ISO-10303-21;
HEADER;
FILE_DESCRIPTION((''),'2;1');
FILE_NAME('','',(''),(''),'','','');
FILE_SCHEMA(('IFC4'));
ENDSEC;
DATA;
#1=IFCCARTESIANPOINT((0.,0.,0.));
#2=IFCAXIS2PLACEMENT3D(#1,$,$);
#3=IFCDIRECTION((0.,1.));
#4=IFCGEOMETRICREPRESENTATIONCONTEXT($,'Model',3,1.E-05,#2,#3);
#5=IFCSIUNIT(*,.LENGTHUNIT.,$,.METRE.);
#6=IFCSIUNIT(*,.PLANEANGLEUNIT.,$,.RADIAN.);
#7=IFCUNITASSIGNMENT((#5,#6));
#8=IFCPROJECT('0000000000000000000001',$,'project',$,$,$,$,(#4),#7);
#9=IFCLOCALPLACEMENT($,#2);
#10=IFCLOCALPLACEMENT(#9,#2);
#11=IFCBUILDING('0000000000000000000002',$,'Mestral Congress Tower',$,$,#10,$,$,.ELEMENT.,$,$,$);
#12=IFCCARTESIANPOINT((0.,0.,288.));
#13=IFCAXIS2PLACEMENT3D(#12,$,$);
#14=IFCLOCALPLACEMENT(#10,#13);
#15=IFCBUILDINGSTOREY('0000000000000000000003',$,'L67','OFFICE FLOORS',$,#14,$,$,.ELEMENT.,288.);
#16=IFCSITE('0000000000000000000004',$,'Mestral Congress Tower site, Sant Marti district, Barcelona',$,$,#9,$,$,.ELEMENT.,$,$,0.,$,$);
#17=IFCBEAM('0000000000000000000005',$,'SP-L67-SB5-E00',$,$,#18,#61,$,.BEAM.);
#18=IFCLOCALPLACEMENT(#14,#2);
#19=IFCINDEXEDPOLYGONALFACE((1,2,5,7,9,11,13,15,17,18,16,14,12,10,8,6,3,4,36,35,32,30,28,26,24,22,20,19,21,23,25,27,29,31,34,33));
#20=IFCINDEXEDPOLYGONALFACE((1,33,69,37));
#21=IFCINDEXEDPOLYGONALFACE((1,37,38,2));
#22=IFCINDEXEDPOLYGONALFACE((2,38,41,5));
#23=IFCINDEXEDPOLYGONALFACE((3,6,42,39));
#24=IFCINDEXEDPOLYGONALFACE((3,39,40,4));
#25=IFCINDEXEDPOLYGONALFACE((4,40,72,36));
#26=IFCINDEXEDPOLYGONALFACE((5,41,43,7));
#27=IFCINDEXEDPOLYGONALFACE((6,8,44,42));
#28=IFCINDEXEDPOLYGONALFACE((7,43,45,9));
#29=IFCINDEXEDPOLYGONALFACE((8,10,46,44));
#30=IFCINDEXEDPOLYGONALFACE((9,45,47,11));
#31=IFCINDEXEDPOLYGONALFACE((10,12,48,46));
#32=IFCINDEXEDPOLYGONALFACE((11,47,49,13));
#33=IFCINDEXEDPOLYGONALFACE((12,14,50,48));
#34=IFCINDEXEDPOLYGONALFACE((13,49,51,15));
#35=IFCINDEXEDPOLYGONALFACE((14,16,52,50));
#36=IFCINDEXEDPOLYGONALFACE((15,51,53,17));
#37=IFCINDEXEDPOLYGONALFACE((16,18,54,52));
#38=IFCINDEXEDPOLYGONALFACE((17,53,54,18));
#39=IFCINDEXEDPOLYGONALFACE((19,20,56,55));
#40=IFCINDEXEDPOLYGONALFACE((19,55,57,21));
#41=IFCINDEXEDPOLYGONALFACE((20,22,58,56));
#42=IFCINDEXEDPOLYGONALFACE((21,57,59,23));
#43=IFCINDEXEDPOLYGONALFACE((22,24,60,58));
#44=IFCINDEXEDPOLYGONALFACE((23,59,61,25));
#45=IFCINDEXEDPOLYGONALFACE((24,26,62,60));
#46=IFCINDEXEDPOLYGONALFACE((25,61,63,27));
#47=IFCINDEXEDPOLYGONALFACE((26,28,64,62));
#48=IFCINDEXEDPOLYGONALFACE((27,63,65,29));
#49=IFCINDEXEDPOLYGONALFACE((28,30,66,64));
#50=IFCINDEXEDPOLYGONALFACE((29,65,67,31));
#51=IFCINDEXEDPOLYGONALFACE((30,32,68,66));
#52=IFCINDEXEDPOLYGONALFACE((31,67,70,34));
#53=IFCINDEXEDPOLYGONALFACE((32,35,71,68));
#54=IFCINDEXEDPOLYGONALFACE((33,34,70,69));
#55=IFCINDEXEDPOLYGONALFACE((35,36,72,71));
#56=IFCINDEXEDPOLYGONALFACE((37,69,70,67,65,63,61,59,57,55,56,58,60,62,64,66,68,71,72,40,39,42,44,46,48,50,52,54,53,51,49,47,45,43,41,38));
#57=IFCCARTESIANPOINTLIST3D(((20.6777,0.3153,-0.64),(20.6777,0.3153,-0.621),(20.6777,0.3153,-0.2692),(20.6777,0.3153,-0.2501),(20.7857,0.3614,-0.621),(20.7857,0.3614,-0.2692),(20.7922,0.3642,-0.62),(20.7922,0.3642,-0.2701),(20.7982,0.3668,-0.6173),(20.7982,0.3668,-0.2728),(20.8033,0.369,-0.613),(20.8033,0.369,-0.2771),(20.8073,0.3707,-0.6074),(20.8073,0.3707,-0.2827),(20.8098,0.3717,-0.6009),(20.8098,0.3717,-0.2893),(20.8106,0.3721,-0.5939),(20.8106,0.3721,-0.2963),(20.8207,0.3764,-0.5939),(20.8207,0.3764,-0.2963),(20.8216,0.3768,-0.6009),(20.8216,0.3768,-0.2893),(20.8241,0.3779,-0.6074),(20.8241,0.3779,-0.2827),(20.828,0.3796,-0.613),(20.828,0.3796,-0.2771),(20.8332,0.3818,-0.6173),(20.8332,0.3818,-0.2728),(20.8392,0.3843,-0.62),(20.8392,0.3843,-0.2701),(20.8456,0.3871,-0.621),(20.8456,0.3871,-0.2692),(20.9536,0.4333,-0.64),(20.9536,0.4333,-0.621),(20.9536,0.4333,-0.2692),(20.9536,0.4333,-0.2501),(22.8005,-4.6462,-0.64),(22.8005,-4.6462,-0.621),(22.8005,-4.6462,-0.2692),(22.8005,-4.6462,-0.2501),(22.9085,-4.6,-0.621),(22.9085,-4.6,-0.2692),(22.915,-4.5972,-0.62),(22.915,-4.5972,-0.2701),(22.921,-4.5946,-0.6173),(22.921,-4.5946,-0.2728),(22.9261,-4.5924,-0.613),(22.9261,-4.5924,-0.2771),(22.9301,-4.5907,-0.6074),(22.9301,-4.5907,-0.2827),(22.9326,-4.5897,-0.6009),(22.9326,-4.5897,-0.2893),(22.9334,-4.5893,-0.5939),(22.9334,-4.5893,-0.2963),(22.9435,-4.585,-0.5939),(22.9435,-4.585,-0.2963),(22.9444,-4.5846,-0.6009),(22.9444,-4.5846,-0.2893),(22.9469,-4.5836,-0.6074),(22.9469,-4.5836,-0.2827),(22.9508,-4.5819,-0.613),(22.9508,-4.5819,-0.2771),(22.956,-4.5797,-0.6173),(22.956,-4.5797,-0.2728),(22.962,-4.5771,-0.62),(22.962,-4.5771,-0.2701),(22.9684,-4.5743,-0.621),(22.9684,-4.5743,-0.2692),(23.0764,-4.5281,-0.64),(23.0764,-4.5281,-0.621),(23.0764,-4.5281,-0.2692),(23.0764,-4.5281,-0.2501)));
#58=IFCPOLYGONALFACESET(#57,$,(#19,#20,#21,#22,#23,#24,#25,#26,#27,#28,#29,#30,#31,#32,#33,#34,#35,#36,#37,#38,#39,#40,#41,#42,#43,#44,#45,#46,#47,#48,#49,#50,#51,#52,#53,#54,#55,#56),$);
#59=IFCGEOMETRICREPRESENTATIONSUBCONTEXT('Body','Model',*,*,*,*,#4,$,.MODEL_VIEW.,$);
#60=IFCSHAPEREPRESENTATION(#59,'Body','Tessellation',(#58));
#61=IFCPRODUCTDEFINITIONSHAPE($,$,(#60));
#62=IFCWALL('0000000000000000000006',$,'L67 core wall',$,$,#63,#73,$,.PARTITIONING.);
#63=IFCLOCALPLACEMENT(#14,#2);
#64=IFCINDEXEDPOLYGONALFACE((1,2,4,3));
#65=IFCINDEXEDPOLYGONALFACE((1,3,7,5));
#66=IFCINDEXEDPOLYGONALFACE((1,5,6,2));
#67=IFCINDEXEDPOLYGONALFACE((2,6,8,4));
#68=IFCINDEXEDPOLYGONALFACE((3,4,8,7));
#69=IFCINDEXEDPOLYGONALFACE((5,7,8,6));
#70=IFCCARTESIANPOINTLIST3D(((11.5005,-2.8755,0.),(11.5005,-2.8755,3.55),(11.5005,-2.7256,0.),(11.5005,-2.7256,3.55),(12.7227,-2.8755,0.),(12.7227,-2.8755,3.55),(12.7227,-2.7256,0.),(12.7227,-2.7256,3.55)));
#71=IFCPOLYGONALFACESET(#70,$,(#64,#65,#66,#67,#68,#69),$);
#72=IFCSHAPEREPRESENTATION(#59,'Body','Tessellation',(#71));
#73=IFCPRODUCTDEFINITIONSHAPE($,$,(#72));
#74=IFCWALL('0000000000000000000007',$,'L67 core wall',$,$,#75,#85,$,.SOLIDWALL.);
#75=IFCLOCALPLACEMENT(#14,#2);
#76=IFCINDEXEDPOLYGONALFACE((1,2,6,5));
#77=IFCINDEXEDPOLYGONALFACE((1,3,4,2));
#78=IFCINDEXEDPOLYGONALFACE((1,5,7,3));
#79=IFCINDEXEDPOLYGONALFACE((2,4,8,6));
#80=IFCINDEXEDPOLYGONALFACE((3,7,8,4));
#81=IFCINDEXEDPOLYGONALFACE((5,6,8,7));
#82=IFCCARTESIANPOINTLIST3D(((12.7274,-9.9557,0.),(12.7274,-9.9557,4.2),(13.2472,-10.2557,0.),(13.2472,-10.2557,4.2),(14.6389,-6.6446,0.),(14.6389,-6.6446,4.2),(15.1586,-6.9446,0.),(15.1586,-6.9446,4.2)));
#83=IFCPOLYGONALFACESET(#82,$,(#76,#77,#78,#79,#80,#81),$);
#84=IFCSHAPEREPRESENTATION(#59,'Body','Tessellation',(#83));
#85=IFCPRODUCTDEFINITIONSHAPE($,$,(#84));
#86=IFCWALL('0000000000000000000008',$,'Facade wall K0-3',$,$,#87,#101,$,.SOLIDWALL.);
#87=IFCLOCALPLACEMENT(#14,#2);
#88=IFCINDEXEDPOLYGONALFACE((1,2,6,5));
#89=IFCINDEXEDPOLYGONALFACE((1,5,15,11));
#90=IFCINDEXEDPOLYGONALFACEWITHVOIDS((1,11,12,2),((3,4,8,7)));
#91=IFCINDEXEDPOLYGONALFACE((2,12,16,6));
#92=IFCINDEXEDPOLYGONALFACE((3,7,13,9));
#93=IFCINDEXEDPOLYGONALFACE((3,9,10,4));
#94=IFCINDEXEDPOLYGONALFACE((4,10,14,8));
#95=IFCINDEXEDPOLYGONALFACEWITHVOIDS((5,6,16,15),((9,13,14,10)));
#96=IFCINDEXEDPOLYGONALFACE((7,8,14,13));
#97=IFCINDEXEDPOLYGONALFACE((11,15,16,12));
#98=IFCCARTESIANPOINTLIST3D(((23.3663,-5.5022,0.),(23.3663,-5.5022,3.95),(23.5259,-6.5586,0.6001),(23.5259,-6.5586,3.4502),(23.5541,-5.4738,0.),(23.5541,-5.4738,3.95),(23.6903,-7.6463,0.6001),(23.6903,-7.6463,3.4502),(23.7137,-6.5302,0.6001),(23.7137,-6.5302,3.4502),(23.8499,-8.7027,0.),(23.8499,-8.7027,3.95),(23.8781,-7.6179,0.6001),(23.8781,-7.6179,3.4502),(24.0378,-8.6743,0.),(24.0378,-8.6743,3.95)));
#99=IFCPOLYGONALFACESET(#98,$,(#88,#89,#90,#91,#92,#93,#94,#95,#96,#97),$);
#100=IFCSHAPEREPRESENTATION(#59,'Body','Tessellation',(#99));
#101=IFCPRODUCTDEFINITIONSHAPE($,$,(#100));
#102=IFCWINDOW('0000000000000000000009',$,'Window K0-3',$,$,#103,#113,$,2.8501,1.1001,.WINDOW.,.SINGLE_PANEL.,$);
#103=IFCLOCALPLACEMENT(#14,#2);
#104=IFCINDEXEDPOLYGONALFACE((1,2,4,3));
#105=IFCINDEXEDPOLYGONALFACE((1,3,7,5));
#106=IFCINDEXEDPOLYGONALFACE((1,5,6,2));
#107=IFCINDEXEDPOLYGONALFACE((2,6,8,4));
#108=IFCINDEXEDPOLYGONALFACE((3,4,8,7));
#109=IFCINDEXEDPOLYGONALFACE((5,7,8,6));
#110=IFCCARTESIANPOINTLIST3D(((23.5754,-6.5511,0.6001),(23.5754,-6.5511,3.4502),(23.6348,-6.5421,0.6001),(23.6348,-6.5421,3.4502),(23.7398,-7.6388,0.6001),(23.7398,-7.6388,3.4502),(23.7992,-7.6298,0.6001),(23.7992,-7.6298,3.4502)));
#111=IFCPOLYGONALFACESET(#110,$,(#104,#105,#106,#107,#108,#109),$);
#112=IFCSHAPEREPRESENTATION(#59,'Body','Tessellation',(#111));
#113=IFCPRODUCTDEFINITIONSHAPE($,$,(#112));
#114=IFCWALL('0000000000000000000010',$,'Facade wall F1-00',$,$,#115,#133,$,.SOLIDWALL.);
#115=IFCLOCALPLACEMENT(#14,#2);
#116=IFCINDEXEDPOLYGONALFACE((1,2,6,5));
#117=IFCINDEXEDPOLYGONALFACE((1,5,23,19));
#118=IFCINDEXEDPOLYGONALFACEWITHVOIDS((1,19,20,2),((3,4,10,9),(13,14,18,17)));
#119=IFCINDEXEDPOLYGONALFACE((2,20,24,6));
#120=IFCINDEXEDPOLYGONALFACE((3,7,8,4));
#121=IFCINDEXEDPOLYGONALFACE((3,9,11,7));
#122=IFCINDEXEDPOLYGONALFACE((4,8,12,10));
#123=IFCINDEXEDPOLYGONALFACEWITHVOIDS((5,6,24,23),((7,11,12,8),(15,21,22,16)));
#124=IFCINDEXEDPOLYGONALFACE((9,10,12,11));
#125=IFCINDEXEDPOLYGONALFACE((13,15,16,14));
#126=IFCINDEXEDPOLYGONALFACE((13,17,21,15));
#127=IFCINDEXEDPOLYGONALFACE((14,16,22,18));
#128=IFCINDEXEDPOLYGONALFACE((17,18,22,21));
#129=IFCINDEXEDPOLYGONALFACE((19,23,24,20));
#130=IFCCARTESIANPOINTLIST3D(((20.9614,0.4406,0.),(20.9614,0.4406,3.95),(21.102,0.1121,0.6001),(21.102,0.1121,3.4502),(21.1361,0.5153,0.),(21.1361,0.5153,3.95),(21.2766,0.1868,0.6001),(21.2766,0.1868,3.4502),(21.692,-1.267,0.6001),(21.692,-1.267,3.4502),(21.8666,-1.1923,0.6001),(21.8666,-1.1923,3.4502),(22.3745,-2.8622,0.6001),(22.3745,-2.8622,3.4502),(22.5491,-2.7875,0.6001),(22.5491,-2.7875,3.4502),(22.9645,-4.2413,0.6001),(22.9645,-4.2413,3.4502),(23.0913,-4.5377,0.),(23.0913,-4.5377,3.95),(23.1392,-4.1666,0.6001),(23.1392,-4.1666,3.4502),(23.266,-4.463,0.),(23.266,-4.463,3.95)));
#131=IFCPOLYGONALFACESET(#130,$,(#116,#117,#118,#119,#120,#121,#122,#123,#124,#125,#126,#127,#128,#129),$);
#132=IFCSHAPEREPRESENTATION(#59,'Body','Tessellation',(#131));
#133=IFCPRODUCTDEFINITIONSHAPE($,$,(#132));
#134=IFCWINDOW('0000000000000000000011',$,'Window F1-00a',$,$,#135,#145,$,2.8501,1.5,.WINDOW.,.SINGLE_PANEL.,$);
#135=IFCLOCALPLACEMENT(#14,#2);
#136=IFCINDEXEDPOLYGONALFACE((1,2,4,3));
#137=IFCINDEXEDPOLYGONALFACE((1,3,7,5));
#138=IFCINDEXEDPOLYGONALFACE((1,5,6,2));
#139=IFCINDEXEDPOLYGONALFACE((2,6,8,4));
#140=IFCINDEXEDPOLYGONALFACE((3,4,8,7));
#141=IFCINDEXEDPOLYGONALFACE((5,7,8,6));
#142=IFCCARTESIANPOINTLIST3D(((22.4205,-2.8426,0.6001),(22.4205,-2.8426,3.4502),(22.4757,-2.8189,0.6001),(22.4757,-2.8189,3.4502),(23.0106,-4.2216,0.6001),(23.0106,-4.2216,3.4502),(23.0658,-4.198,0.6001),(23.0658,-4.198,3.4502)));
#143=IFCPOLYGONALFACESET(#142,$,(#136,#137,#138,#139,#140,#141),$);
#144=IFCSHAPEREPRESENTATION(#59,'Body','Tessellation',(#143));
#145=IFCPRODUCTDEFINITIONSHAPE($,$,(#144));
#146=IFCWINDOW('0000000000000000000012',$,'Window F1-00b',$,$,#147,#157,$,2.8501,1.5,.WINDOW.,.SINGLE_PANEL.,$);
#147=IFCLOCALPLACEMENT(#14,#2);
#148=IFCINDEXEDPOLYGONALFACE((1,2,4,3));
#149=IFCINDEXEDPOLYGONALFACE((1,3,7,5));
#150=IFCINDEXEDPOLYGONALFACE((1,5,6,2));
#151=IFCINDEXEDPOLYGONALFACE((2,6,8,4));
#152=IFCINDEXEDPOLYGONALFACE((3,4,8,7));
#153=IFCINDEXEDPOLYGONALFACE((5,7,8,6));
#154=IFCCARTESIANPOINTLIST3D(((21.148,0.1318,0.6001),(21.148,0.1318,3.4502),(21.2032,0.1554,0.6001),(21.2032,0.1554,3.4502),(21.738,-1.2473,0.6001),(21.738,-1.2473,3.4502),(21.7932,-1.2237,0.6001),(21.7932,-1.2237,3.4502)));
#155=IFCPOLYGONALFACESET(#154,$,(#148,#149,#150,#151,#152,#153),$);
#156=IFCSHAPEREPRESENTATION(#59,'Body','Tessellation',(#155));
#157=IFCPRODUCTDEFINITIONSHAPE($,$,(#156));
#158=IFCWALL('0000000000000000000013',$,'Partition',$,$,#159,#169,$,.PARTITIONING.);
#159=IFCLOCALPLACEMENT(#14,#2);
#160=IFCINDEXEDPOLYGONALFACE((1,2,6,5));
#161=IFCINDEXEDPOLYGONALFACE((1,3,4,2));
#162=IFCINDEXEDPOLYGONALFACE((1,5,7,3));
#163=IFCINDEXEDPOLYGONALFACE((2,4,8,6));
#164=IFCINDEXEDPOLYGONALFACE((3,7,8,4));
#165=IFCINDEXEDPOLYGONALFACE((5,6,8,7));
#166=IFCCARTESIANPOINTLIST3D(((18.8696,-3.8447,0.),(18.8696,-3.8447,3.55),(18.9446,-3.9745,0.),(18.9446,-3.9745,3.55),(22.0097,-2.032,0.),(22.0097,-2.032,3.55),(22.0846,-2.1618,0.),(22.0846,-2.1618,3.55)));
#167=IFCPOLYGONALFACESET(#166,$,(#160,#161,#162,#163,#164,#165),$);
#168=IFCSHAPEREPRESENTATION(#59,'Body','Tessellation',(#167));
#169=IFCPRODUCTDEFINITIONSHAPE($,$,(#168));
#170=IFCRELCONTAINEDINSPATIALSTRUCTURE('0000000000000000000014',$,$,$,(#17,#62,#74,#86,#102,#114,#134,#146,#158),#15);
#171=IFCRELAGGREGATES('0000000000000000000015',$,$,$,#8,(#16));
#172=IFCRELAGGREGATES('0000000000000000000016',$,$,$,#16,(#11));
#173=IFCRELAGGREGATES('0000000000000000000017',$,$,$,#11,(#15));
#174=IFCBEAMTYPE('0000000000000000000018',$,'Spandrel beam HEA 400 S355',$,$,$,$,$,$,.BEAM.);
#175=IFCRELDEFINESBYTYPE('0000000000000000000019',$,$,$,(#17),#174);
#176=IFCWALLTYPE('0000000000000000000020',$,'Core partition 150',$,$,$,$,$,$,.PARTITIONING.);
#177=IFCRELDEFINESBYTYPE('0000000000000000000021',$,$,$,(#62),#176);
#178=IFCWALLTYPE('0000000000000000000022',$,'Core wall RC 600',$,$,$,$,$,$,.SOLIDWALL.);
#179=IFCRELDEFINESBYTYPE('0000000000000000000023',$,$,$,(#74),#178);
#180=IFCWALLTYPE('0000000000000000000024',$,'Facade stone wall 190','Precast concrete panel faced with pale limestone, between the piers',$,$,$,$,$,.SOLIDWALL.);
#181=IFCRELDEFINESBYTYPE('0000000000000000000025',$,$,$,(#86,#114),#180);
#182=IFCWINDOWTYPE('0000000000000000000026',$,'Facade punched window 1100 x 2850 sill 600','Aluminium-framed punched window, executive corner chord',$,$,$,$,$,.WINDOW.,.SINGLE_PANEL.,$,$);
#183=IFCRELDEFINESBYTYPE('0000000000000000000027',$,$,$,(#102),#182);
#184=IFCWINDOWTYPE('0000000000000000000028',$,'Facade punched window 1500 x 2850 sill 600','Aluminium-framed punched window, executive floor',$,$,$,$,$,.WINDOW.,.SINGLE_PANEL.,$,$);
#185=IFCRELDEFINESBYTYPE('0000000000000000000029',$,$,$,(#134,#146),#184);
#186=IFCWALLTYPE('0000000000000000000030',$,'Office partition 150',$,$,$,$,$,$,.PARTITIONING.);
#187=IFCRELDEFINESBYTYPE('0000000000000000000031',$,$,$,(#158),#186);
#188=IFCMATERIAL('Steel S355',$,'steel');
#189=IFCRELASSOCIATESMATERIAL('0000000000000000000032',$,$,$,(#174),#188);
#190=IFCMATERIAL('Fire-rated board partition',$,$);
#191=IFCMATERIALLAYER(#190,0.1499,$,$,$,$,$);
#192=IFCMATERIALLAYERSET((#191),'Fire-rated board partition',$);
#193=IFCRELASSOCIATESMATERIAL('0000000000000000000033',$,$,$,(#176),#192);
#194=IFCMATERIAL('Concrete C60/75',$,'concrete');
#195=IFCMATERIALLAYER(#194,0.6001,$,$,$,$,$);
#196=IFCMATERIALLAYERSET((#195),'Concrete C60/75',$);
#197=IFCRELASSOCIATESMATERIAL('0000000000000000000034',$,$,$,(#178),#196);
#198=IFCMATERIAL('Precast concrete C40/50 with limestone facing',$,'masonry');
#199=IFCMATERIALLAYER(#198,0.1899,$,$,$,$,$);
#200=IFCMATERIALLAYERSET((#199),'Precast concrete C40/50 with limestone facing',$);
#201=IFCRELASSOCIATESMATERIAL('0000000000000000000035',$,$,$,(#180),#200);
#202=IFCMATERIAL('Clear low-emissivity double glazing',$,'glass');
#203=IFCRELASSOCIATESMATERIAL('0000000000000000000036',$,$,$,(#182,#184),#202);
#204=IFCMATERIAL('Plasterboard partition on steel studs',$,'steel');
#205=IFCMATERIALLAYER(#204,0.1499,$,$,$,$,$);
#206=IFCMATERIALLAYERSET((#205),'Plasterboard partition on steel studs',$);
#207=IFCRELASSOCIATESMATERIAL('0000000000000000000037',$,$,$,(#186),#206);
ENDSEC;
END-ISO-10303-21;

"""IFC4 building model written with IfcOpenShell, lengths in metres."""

from ifc_helpers import new_model, si_unit, direction, frame, frame_2d, origin, origin_2d, place, context, subcontext, project, spatial, rectangle, i_section, extrude, material, layer, layer_set, material_profile, profile_set, type_object, element, fill, save


model = new_model("IFC4")

# Units and contexts
model_context = context("Model", 3, precision=1e-05, world=origin(), true_north=direction((0.0, 1.0)))
body_context = subcontext(model_context, "Body", "Model", "MODEL_VIEW")
ifc_project = project(units=[si_unit("LENGTHUNIT", "METRE"), si_unit("PLANEANGLEUNIT", "RADIAN")], contexts=[model_context])

# Site, building, storey
site_placement = place(None, origin())
site = spatial("IfcSite", under=ifc_project, at=site_placement, Name="Mestral Congress Tower site, Sant Marti district, Barcelona", CompositionType="ELEMENT", RefElevation=0.0)
building_placement = place(site_placement, origin())
building = spatial("IfcBuilding", under=site, at=building_placement, Name="Mestral Congress Tower", CompositionType="ELEMENT")
storey_placement = place(building_placement, frame((0.0, 0.0, 288.0)))
storey = spatial("IfcBuildingStorey", under=building, at=storey_placement, Name="L67", Description="OFFICE FLOORS", CompositionType="ELEMENT", Elevation=288.0)

# Shared definitions
ifc_material_1 = material(Name="Concrete C60/75", Category="concrete")

# Beam
ifc_material_2 = material(Name="Steel S355", Category="steel")
ifc_material_profile_1 = material_profile(ifc_material_2, i_section(OverallWidth=0.3, OverallDepth=0.3899, WebThickness=0.011, FlangeThickness=0.019, FilletRadius=0.0271, at=origin_2d()), Name="HEA 400")
ifc_profile_set_1 = profile_set([ifc_material_profile_1], Name="Steel S355")
beam_type_1 = type_object("IfcBeamType", Name="Spandrel beam HEA 400 S355", PredefinedType="BEAM", material=ifc_profile_set_1)
beam_1_placement = place(storey_placement, frame((22.9385, -4.5872, -0.4451), z_axis=(-0.393368, 0.919381, 0.0), x_axis=(-0.919381, -0.393368, 0.0)))
element("IfcBeam", 1, at=beam_1_placement, inside=storey, type_object=beam_type_1, Name="SP-L67-SB5-E00", PredefinedType="BEAM", context=body_context, shape_type="SweptSolid", body=[
    extrude(i_section(OverallWidth=0.3, OverallDepth=0.3899, WebThickness=0.011, FlangeThickness=0.019, FilletRadius=0.0271, at=origin_2d()), origin(), (0.0, 0.0, 1.0), 5.3965),
])

# Walls
ifc_material_3 = material(Name="Fire-rated board partition")
ifc_layer_1 = layer(ifc_material_3, 0.1499)
ifc_layer_set_1 = layer_set([ifc_layer_1], Name="Fire-rated board partition")
wall_type_1 = type_object("IfcWallType", Name="Core partition 150", PredefinedType="PARTITIONING", material=ifc_layer_set_1)
wall_1_placement = place(storey_placement, frame((11.5005, -2.8005, 0.0), z_axis=(0.0, 0.0, 1.0), x_axis=(1.0, 0.0, 0.0)))
element("IfcWall", 2, at=wall_1_placement, inside=storey, type_object=wall_type_1, Name="L67 core wall", PredefinedType="PARTITIONING", context=body_context, shape_type="SweptSolid", body=[
    extrude(rectangle(XDim=1.2222, YDim=0.1499, at=frame_2d((0.6111, 0.0))), origin(), (0.0, 0.0, 1.0), 3.55),
])
ifc_layer_2 = layer(ifc_material_1, 0.6001)
ifc_layer_set_2 = layer_set([ifc_layer_2], Name="Concrete C60/75")
wall_type_2 = type_object("IfcWallType", Name="Core wall RC 600", PredefinedType="SOLIDWALL", material=ifc_layer_set_2)
wall_2_placement = place(storey_placement, frame((12.9873, -10.1057, 0.0), z_axis=(0.0, 0.0, 1.0), x_axis=(0.499951, 0.866054, 0.0)))
element("IfcWall", 3, at=wall_2_placement, inside=storey, type_object=wall_type_2, Name="L67 core wall", PredefinedType="SOLIDWALL", context=body_context, shape_type="SweptSolid", body=[
    extrude(rectangle(XDim=3.8232, YDim=0.6001, at=frame_2d((1.9116, 0.0))), origin(), (0.0, 0.0, 1.0), 4.2),
])

# Wall, opening, window
ifc_material_4 = material(Name="Precast concrete C40/50 with limestone facing", Category="masonry")
ifc_layer_3 = layer(ifc_material_4, 0.1899)
ifc_layer_set_3 = layer_set([ifc_layer_3], Name="Precast concrete C40/50 with limestone facing")
wall_type_3 = type_object("IfcWallType", Name="Facade stone wall 190", Description="Precast concrete panel faced with pale limestone, between the piers", PredefinedType="SOLIDWALL", material=ifc_layer_set_3)
wall_3_placement = place(storey_placement, frame((23.9438, -8.6885, 0.0), z_axis=(0.0, 0.0, 1.0), x_axis=(-0.149421, 0.988774, 0.0)))
wall_3 = element("IfcWall", 4, at=wall_3_placement, inside=storey, type_object=wall_type_3, Name="Facade wall K0-3", PredefinedType="SOLIDWALL", context=body_context, shape_type="SweptSolid", body=[
    extrude(rectangle(XDim=3.2368, YDim=0.1899, at=frame_2d((1.6184, 0.0))), origin(), (0.0, 0.0, 1.0), 3.95),
])
opening_1_placement = place(wall_3_placement, frame((1.0684, 0.0, 0.6001)))
opening_1 = element("IfcOpeningElement", 5, at=opening_1_placement, cuts=wall_3, PredefinedType="OPENING", context=body_context, shape_type="SweptSolid", body=[
    extrude(rectangle(XDim=1.1001, YDim=2.8501, at=frame_2d((0.55, 1.425))), frame((0.0, 0.105, 0.0), z_axis=(0.0, -1.0, 0.0), x_axis=(1.0, 0.0, 0.0)), (0.0, 0.0, 1.0), 0.21),
])
ifc_material_5 = material(Name="Clear low-emissivity double glazing", Category="glass")
window_type_1 = type_object("IfcWindowType", Name="Facade punched window 1100 x 2850 sill 600", Description="Aluminium-framed punched window, executive corner chord", PartitioningType="SINGLE_PANEL", PredefinedType="WINDOW", material=ifc_material_5)
window_1_placement = place(opening_1_placement, origin())
window_1 = element("IfcWindow", 6, at=window_1_placement, inside=storey, type_object=window_type_1, Name="Window K0-3", OverallHeight=2.8501, OverallWidth=1.1001, PartitioningType="SINGLE_PANEL", PredefinedType="WINDOW", context=body_context, shape_type="SweptSolid", body=[
    extrude(rectangle(XDim=1.1001, YDim=2.8501, at=frame_2d((0.55, 1.425))), frame((0.0, 0.0449, 0.0), z_axis=(0.0, -1.0, 0.0), x_axis=(1.0, 0.0, 0.0)), (0.0, 0.0, 1.0), 0.0601),
])
fill(opening_1, window_1)

# Wall, openings, windows
wall_4_placement = place(storey_placement, frame((23.1787, -4.5005, 0.0), z_axis=(0.0, 0.0, 1.0), x_axis=(-0.393348, 0.91939, 0.0)))
wall_4 = element("IfcWall", 7, at=wall_4_placement, inside=storey, type_object=wall_type_3, Name="Facade wall F1-00", PredefinedType="SOLIDWALL", context=body_context, shape_type="SweptSolid", body=[
    extrude(rectangle(XDim=5.4148, YDim=0.1899, at=frame_2d((2.7075, 0.0))), origin(), (0.0, 0.0, 1.0), 3.95),
])
opening_2_placement = place(wall_4_placement, frame((0.3225, 0.0, 0.6001)))
opening_2 = element("IfcOpeningElement", 8, at=opening_2_placement, cuts=wall_4, PredefinedType="OPENING", context=body_context, shape_type="SweptSolid", body=[
    extrude(rectangle(XDim=1.5, YDim=2.8501, at=frame_2d((0.75, 1.425))), frame((0.0, 0.105, 0.0), z_axis=(0.0, -1.0, 0.0), x_axis=(1.0, 0.0, 0.0)), (0.0, 0.0, 1.0), 0.21),
])
opening_3_placement = place(wall_4_placement, frame((3.5576, 0.0, 0.6001)))
opening_3 = element("IfcOpeningElement", 9, at=opening_3_placement, cuts=wall_4, PredefinedType="OPENING", context=body_context, shape_type="SweptSolid", body=[
    extrude(rectangle(XDim=1.5, YDim=2.8501, at=frame_2d((0.75, 1.425))), frame((0.0, 0.105, 0.0), z_axis=(0.0, -1.0, 0.0), x_axis=(1.0, 0.0, 0.0)), (0.0, 0.0, 1.0), 0.21),
])
window_type_2 = type_object("IfcWindowType", Name="Facade punched window 1500 x 2850 sill 600", Description="Aluminium-framed punched window, executive floor", PartitioningType="SINGLE_PANEL", PredefinedType="WINDOW", material=ifc_material_5)
window_2_placement = place(opening_2_placement, origin())
window_2 = element("IfcWindow", 10, at=window_2_placement, inside=storey, type_object=window_type_2, Name="Window F1-00a", OverallHeight=2.8501, OverallWidth=1.5, PartitioningType="SINGLE_PANEL", PredefinedType="WINDOW", context=body_context, shape_type="SweptSolid", body=[
    extrude(rectangle(XDim=1.5, YDim=2.8501, at=frame_2d((0.75, 1.425))), frame((0.0, 0.0449, 0.0), z_axis=(0.0, -1.0, 0.0), x_axis=(1.0, 0.0, 0.0)), (0.0, 0.0, 1.0), 0.0601),
])
fill(opening_2, window_2)
window_3_placement = place(opening_3_placement, origin())
window_3 = element("IfcWindow", 11, at=window_3_placement, inside=storey, type_object=window_type_2, Name="Window F1-00b", OverallHeight=2.8501, OverallWidth=1.5, PartitioningType="SINGLE_PANEL", PredefinedType="WINDOW", context=body_context, shape_type="SweptSolid", body=[
    extrude(rectangle(XDim=1.5, YDim=2.8501, at=frame_2d((0.75, 1.425))), frame((0.0, 0.0449, 0.0), z_axis=(0.0, -1.0, 0.0), x_axis=(1.0, 0.0, 0.0)), (0.0, 0.0, 1.0), 0.0601),
])
fill(opening_3, window_3)

# Wall
ifc_material_6 = material(Name="Plasterboard partition on steel studs", Category="steel")
ifc_layer_4 = layer(ifc_material_6, 0.1499)
ifc_layer_set_4 = layer_set([ifc_layer_4], Name="Plasterboard partition on steel studs")
wall_type_4 = type_object("IfcWallType", Name="Office partition 150", PredefinedType="PARTITIONING", material=ifc_layer_set_4)
wall_5_placement = place(storey_placement, frame((18.907, -3.9097, 0.0), z_axis=(0.0, 0.0, 1.0), x_axis=(0.866051, 0.499956, 0.0)))
element("IfcWall", 12, at=wall_5_placement, inside=storey, type_object=wall_type_4, Name="Partition", PredefinedType="PARTITIONING", context=body_context, shape_type="SweptSolid", body=[
    extrude(rectangle(XDim=3.6257, YDim=0.1499, at=frame_2d((1.813, 0.0))), origin(), (0.0, 0.0, 1.0), 3.55),
])

save(model, "model.ifc")
